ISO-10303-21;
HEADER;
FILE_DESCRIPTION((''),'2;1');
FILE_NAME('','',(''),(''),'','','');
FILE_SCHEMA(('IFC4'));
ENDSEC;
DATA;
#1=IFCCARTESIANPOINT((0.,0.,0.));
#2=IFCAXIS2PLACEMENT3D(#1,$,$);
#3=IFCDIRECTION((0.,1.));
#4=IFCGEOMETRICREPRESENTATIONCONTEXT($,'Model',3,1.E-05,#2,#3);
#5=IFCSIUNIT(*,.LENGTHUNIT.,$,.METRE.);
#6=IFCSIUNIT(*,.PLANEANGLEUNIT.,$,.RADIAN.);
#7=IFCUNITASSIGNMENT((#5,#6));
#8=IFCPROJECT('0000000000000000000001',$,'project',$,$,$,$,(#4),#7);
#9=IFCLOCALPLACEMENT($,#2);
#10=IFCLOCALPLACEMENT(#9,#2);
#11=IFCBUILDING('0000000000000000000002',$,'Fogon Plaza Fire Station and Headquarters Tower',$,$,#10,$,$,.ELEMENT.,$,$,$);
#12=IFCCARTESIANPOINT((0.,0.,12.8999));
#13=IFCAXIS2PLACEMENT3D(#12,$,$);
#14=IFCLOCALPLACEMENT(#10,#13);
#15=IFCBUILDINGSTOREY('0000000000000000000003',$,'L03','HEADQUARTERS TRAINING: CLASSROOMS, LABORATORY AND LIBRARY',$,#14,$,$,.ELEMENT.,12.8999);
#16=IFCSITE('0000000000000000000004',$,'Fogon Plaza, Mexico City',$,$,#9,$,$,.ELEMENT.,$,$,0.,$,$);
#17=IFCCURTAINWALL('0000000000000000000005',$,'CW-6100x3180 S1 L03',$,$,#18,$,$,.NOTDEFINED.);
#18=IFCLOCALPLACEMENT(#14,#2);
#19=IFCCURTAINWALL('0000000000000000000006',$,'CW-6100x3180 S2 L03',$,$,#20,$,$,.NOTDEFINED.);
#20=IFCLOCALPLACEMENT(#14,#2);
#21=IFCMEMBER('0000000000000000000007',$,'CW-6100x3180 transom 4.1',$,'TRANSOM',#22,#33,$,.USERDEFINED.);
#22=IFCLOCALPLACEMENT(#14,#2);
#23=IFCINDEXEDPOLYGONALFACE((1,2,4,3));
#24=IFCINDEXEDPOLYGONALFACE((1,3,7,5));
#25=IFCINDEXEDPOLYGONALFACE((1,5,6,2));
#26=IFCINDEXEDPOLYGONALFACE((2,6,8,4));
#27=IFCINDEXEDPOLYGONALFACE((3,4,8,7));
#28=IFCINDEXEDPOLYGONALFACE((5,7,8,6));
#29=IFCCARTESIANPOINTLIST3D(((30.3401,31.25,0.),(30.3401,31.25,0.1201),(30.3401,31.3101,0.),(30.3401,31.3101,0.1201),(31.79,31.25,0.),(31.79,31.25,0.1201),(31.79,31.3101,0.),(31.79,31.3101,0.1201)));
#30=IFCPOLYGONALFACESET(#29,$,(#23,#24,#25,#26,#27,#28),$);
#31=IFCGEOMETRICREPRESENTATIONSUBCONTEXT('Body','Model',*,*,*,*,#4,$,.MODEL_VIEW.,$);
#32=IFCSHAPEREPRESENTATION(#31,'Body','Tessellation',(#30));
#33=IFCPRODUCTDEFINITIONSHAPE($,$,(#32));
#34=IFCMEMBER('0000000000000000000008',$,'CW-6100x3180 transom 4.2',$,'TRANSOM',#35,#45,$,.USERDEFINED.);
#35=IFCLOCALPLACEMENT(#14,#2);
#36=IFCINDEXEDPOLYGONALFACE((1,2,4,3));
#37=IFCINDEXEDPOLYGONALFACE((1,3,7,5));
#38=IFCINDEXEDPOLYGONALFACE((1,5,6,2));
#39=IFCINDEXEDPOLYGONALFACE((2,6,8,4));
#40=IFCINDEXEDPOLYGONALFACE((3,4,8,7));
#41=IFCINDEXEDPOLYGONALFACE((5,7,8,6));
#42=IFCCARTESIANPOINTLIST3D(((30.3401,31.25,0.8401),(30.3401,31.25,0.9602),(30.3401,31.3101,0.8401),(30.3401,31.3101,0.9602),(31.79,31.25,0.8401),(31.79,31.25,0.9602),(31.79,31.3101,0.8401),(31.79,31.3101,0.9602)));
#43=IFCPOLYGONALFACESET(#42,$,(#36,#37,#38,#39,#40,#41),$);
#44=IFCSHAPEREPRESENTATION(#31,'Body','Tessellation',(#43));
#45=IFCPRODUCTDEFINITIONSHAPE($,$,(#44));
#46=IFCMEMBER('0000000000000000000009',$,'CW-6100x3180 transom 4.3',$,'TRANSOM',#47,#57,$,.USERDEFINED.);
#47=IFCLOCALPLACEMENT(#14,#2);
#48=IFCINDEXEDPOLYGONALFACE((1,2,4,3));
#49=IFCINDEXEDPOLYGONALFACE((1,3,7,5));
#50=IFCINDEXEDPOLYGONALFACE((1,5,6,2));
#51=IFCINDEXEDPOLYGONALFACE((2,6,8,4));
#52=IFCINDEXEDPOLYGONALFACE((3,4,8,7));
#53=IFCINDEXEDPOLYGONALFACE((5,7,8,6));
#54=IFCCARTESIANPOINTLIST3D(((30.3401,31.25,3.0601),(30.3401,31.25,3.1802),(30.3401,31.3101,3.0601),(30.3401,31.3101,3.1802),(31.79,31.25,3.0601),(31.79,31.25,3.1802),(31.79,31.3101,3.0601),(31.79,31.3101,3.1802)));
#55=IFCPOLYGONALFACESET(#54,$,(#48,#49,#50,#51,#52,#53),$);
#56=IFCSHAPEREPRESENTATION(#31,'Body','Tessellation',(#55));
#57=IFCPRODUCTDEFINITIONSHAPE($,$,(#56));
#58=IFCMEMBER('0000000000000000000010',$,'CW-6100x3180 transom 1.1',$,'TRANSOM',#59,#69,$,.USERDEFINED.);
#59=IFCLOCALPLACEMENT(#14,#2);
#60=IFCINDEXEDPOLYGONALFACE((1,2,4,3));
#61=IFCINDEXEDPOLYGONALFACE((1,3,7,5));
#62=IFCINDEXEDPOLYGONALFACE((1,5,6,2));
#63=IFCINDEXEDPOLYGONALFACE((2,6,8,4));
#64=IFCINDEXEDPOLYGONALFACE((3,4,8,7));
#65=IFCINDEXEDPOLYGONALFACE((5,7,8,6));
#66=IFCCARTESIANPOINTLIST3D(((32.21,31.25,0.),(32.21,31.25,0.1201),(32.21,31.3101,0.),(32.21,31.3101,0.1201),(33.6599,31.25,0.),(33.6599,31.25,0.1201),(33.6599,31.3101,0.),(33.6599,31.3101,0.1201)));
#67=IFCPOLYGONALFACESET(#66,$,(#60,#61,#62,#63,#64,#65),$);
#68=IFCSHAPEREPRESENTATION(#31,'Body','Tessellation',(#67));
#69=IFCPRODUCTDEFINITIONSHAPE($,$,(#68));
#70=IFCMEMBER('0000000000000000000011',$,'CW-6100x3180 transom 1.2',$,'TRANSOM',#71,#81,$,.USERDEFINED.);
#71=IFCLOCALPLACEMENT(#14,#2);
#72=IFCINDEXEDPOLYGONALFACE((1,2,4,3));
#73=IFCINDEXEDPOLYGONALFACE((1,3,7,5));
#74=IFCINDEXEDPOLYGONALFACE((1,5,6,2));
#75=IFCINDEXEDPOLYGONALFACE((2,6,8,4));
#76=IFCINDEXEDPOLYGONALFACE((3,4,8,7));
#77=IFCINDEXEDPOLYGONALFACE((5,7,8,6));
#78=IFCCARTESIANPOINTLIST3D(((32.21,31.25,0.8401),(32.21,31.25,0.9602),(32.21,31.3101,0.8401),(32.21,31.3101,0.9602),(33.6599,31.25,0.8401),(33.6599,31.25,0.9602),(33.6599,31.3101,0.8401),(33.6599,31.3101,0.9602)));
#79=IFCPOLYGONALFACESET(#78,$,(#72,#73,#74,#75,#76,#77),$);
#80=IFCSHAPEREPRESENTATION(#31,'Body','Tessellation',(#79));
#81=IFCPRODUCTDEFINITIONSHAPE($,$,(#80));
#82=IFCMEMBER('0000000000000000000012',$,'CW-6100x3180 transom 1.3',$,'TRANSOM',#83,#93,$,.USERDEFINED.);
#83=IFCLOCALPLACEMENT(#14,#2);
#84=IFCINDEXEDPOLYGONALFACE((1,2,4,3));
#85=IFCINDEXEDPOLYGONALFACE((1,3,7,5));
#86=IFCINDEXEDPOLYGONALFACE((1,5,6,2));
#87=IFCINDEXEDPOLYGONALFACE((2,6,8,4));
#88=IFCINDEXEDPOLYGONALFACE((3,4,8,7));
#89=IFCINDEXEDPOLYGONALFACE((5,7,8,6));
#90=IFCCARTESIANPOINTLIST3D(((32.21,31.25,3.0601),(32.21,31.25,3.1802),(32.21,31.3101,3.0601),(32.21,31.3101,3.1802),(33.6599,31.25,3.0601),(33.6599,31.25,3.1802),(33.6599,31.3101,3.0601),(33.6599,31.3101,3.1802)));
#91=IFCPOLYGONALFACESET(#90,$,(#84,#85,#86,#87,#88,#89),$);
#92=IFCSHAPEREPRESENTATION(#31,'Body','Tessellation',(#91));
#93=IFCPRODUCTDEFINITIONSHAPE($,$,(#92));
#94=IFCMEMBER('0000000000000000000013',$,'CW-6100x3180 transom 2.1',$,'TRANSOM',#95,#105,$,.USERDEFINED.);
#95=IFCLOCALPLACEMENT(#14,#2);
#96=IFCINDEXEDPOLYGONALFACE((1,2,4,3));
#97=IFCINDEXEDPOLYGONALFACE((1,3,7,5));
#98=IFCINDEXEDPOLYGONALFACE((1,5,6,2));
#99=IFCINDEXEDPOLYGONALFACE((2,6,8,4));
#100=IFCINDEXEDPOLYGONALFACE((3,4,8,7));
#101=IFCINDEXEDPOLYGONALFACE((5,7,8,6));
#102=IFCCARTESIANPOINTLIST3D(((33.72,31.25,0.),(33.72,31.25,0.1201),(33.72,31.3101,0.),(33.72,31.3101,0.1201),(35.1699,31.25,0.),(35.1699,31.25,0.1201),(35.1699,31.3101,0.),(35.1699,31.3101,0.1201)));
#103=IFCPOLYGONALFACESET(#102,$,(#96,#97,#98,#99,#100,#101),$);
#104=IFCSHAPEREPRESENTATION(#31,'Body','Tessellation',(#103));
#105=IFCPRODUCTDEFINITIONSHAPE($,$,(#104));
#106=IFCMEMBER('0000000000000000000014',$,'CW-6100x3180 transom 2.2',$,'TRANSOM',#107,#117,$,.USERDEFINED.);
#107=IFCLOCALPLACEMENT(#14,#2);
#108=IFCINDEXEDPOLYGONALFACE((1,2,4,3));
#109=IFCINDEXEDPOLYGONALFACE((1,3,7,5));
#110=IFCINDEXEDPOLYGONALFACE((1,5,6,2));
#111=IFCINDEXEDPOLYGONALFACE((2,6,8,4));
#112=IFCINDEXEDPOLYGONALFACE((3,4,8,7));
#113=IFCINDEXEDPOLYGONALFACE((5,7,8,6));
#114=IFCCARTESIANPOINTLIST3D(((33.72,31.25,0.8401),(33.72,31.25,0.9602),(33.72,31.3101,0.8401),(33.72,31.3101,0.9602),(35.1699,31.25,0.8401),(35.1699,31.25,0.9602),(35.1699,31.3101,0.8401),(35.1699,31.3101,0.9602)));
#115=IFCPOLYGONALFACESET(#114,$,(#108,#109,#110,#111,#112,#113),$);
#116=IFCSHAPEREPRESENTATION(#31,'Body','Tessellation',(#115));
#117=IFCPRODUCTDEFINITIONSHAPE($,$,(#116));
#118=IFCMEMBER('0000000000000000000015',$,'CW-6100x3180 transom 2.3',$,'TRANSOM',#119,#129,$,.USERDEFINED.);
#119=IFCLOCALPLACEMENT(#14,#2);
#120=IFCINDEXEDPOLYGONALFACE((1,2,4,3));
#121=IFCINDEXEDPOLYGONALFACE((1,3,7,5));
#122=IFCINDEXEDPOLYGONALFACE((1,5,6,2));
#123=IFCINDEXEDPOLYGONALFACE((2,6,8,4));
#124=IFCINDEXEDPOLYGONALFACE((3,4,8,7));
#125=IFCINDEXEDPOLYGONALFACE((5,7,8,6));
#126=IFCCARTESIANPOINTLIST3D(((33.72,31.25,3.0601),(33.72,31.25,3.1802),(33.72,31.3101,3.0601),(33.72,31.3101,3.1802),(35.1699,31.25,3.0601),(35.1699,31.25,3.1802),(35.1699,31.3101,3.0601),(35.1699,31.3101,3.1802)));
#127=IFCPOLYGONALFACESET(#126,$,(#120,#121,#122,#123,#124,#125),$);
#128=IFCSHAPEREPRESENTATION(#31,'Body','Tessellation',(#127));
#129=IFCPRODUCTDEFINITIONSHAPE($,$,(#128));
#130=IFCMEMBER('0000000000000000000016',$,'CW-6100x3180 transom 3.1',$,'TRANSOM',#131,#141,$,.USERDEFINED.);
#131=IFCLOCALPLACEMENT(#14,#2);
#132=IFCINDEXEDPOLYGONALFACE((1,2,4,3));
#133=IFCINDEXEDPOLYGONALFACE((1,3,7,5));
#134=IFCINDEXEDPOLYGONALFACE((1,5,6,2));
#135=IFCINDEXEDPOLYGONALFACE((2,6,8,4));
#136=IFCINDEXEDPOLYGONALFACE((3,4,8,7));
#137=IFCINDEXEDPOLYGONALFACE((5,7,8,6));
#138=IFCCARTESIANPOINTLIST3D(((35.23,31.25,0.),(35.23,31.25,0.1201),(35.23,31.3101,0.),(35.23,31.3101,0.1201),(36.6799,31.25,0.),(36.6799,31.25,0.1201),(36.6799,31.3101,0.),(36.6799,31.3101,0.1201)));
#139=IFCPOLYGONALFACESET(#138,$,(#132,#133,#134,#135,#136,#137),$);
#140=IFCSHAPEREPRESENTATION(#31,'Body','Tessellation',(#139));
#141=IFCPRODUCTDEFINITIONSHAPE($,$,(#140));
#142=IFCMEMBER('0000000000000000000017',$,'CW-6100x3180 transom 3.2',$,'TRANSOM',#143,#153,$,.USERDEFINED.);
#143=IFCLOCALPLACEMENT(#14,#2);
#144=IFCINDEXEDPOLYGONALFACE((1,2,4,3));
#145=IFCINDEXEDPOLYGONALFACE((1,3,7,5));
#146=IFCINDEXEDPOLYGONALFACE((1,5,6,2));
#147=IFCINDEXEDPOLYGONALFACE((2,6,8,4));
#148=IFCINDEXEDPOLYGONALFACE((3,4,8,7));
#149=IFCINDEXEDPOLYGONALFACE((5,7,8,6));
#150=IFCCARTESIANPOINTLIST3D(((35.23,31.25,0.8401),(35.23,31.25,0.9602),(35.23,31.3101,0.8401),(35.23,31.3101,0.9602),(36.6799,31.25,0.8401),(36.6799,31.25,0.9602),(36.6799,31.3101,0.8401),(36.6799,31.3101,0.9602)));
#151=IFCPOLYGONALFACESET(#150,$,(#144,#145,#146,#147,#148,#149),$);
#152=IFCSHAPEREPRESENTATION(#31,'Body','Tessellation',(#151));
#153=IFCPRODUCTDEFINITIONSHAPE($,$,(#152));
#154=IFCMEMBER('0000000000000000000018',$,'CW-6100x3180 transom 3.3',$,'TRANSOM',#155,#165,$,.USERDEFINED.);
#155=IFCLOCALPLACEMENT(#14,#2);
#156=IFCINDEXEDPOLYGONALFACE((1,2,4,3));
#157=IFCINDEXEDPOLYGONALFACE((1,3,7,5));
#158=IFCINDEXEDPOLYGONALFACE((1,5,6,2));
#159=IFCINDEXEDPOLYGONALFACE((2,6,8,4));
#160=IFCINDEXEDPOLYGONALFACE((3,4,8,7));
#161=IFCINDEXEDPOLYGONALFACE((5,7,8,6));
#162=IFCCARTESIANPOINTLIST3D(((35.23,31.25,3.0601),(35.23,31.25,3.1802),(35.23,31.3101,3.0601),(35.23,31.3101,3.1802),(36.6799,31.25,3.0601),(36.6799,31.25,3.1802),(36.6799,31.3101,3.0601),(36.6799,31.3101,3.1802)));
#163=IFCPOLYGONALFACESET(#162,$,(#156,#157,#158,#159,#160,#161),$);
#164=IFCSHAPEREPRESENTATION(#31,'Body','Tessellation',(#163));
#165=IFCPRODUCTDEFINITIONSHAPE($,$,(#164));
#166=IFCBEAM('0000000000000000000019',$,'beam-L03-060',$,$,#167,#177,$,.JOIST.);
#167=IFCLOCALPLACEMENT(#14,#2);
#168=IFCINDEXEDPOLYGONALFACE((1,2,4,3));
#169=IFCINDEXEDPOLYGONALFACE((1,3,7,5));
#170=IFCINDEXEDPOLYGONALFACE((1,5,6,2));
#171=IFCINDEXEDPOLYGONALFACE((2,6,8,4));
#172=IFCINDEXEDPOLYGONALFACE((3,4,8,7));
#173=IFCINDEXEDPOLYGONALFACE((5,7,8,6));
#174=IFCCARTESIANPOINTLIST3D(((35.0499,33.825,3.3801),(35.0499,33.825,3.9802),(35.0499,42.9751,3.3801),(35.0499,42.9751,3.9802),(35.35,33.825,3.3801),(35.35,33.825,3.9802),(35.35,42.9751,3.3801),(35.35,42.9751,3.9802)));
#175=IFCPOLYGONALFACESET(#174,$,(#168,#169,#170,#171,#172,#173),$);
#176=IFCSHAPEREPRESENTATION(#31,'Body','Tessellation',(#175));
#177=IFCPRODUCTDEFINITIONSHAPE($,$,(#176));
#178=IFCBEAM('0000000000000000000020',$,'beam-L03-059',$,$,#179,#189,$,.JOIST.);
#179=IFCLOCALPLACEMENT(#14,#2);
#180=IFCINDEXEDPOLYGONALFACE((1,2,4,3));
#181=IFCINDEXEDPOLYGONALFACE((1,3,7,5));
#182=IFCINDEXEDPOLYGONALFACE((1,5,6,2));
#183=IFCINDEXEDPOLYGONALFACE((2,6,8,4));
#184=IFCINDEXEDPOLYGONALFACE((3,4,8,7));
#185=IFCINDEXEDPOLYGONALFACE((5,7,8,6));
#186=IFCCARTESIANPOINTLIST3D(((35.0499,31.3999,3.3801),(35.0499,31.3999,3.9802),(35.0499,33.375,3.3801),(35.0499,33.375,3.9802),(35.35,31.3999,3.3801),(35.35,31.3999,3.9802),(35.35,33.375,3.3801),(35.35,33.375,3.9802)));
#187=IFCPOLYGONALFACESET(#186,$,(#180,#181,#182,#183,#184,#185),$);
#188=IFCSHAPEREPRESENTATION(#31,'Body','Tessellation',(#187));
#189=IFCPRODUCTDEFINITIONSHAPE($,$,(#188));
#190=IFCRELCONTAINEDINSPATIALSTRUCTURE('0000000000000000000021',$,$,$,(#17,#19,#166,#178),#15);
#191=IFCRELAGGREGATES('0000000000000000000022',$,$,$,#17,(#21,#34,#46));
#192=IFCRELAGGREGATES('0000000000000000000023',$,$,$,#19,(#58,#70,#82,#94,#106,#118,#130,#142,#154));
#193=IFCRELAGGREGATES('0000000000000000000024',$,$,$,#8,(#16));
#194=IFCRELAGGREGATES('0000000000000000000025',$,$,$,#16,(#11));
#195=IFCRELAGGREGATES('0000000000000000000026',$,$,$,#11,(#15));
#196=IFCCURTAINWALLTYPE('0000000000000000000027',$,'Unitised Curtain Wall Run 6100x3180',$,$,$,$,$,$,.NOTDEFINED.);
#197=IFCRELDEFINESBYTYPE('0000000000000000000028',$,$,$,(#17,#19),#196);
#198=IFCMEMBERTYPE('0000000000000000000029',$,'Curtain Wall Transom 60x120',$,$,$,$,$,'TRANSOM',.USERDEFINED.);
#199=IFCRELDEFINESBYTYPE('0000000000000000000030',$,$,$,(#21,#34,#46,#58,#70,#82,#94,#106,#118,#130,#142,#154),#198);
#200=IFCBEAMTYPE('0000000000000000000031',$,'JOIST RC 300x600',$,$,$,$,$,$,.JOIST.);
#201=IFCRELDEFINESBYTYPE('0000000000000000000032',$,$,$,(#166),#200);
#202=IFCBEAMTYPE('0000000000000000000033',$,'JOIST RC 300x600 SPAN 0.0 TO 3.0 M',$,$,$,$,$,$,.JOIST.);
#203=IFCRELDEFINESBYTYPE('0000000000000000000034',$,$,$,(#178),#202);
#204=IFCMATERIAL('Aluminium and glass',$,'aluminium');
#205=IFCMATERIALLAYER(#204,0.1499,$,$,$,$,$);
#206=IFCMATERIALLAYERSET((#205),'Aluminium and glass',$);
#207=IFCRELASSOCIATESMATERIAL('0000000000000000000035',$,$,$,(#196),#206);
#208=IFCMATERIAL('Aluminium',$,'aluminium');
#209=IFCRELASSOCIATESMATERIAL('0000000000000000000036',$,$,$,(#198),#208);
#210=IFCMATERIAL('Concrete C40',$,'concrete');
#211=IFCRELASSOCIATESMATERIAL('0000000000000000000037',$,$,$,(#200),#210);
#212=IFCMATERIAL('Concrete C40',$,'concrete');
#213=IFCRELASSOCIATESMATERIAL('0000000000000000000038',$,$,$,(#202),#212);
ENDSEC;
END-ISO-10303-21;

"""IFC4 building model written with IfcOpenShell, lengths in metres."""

from ifc_helpers import new_model, si_unit, direction, frame, origin, origin_2d, place, context, subcontext, project, spatial, rectangle, extrude, material, layer, layer_set, material_profile, profile_set, type_object, element, aggregate, save


model = new_model("IFC4")

# Units and contexts
model_context = context("Model", 3, precision=1e-05, world=origin(), true_north=direction((0.0, 1.0)))
body_context = subcontext(model_context, "Body", "Model", "MODEL_VIEW")
ifc_project = project(units=[si_unit("LENGTHUNIT", "METRE"), si_unit("PLANEANGLEUNIT", "RADIAN")], contexts=[model_context])

# Site, building, storey
site_placement = place(None, origin())
site = spatial("IfcSite", under=ifc_project, at=site_placement, Name="Fogon Plaza, Mexico City", CompositionType="ELEMENT", RefElevation=0.0)
building_placement = place(site_placement, origin())
building = spatial("IfcBuilding", under=site, at=building_placement, Name="Fogon Plaza Fire Station and Headquarters Tower", CompositionType="ELEMENT")
storey_placement = place(building_placement, frame((0.0, 0.0, 12.8999)))
storey = spatial("IfcBuildingStorey", under=building, at=storey_placement, Name="L03", Description="HEADQUARTERS TRAINING: CLASSROOMS, LABORATORY AND LIBRARY", CompositionType="ELEMENT", Elevation=12.8999)

# Curtain walls
ifc_material_1 = material(Name="Aluminium and glass", Category="aluminium")
ifc_layer_1 = layer(ifc_material_1, 0.1499)
ifc_layer_set_1 = layer_set([ifc_layer_1], Name="Aluminium and glass")
curtain_wall_type = type_object("IfcCurtainWallType", Name="Unitised Curtain Wall Run 6100x3180", PredefinedType="NOTDEFINED", material=ifc_layer_set_1)
curtain_wall_1_placement = place(storey_placement, origin())
curtain_wall_1 = element("IfcCurtainWall", 1, at=curtain_wall_1_placement, inside=storey, type_object=curtain_wall_type, Name="CW-6100x3180 S1 L03", PredefinedType="NOTDEFINED")
curtain_wall_2_placement = place(storey_placement, origin())
curtain_wall_2 = element("IfcCurtainWall", 2, at=curtain_wall_2_placement, inside=storey, type_object=curtain_wall_type, Name="CW-6100x3180 S2 L03", PredefinedType="NOTDEFINED")

# Members
ifc_material_2 = material(Name="Aluminium", Category="aluminium")
ifc_material_profile_1 = material_profile(ifc_material_2, rectangle(XDim=0.0601, YDim=0.1201, at=origin_2d()), Name="Curtain Wall Transom 60x120")
ifc_profile_set_1 = profile_set([ifc_material_profile_1], Name="Aluminium")
member_type_1 = type_object("IfcMemberType", Name="Curtain Wall Transom 60x120", ElementType="TRANSOM", PredefinedType="USERDEFINED", material=ifc_profile_set_1)
member_1_placement = place(storey_placement, frame((30.3401, 31.28, 0.0601), z_axis=(1.0, 0.0, 0.0), x_axis=(0.0, 1.0, 0.0)))
member_1 = element("IfcMember", 3, at=member_1_placement, type_object=member_type_1, Name="CW-6100x3180 transom 4.1", ObjectType="TRANSOM", PredefinedType="USERDEFINED", context=body_context, shape_type="SweptSolid", body=[
    extrude(rectangle(XDim=0.0601, YDim=0.1201, at=origin_2d()), origin(), (0.0, 0.0, 1.0), 1.45),
])
member_2_placement = place(storey_placement, frame((30.3401, 31.28, 0.9001), z_axis=(1.0, 0.0, 0.0), x_axis=(0.0, 1.0, 0.0)))
member_2 = element("IfcMember", 4, at=member_2_placement, type_object=member_type_1, Name="CW-6100x3180 transom 4.2", ObjectType="TRANSOM", PredefinedType="USERDEFINED", context=body_context, shape_type="SweptSolid", body=[
    extrude(rectangle(XDim=0.0601, YDim=0.1201, at=origin_2d()), origin(), (0.0, 0.0, 1.0), 1.45),
])
member_3_placement = place(storey_placement, frame((30.3401, 31.28, 3.1201), z_axis=(1.0, 0.0, 0.0), x_axis=(0.0, 1.0, 0.0)))
member_3 = element("IfcMember", 5, at=member_3_placement, type_object=member_type_1, Name="CW-6100x3180 transom 4.3", ObjectType="TRANSOM", PredefinedType="USERDEFINED", context=body_context, shape_type="SweptSolid", body=[
    extrude(rectangle(XDim=0.0601, YDim=0.1201, at=origin_2d()), origin(), (0.0, 0.0, 1.0), 1.45),
])
member_4_placement = place(storey_placement, frame((32.21, 31.28, 0.0601), z_axis=(1.0, 0.0, 0.0), x_axis=(0.0, 1.0, 0.0)))
member_4 = element("IfcMember", 6, at=member_4_placement, type_object=member_type_1, Name="CW-6100x3180 transom 1.1", ObjectType="TRANSOM", PredefinedType="USERDEFINED", context=body_context, shape_type="SweptSolid", body=[
    extrude(rectangle(XDim=0.0601, YDim=0.1201, at=origin_2d()), origin(), (0.0, 0.0, 1.0), 1.45),
])
member_5_placement = place(storey_placement, frame((32.21, 31.28, 0.9001), z_axis=(1.0, 0.0, 0.0), x_axis=(0.0, 1.0, 0.0)))
member_5 = element("IfcMember", 7, at=member_5_placement, type_object=member_type_1, Name="CW-6100x3180 transom 1.2", ObjectType="TRANSOM", PredefinedType="USERDEFINED", context=body_context, shape_type="SweptSolid", body=[
    extrude(rectangle(XDim=0.0601, YDim=0.1201, at=origin_2d()), origin(), (0.0, 0.0, 1.0), 1.45),
])
member_6_placement = place(storey_placement, frame((32.21, 31.28, 3.1201), z_axis=(1.0, 0.0, 0.0), x_axis=(0.0, 1.0, 0.0)))
member_6 = element("IfcMember", 8, at=member_6_placement, type_object=member_type_1, Name="CW-6100x3180 transom 1.3", ObjectType="TRANSOM", PredefinedType="USERDEFINED", context=body_context, shape_type="SweptSolid", body=[
    extrude(rectangle(XDim=0.0601, YDim=0.1201, at=origin_2d()), origin(), (0.0, 0.0, 1.0), 1.45),
])
member_7_placement = place(storey_placement, frame((33.72, 31.28, 0.0601), z_axis=(1.0, 0.0, 0.0), x_axis=(0.0, 1.0, 0.0)))
member_7 = element("IfcMember", 9, at=member_7_placement, type_object=member_type_1, Name="CW-6100x3180 transom 2.1", ObjectType="TRANSOM", PredefinedType="USERDEFINED", context=body_context, shape_type="SweptSolid", body=[
    extrude(rectangle(XDim=0.0601, YDim=0.1201, at=origin_2d()), origin(), (0.0, 0.0, 1.0), 1.45),
])
member_8_placement = place(storey_placement, frame((33.72, 31.28, 0.9001), z_axis=(1.0, 0.0, 0.0), x_axis=(0.0, 1.0, 0.0)))
member_8 = element("IfcMember", 10, at=member_8_placement, type_object=member_type_1, Name="CW-6100x3180 transom 2.2", ObjectType="TRANSOM", PredefinedType="USERDEFINED", context=body_context, shape_type="SweptSolid", body=[
    extrude(rectangle(XDim=0.0601, YDim=0.1201, at=origin_2d()), origin(), (0.0, 0.0, 1.0), 1.45),
])
member_9_placement = place(storey_placement, frame((33.72, 31.28, 3.1201), z_axis=(1.0, 0.0, 0.0), x_axis=(0.0, 1.0, 0.0)))
member_9 = element("IfcMember", 11, at=member_9_placement, type_object=member_type_1, Name="CW-6100x3180 transom 2.3", ObjectType="TRANSOM", PredefinedType="USERDEFINED", context=body_context, shape_type="SweptSolid", body=[
    extrude(rectangle(XDim=0.0601, YDim=0.1201, at=origin_2d()), origin(), (0.0, 0.0, 1.0), 1.45),
])
member_10_placement = place(storey_placement, frame((35.23, 31.28, 0.0601), z_axis=(1.0, 0.0, 0.0), x_axis=(0.0, 1.0, 0.0)))
member_10 = element("IfcMember", 12, at=member_10_placement, type_object=member_type_1, Name="CW-6100x3180 transom 3.1", ObjectType="TRANSOM", PredefinedType="USERDEFINED", context=body_context, shape_type="SweptSolid", body=[
    extrude(rectangle(XDim=0.0601, YDim=0.1201, at=origin_2d()), origin(), (0.0, 0.0, 1.0), 1.45),
])
member_11_placement = place(storey_placement, frame((35.23, 31.28, 0.9001), z_axis=(1.0, 0.0, 0.0), x_axis=(0.0, 1.0, 0.0)))
member_11 = element("IfcMember", 13, at=member_11_placement, type_object=member_type_1, Name="CW-6100x3180 transom 3.2", ObjectType="TRANSOM", PredefinedType="USERDEFINED", context=body_context, shape_type="SweptSolid", body=[
    extrude(rectangle(XDim=0.0601, YDim=0.1201, at=origin_2d()), origin(), (0.0, 0.0, 1.0), 1.45),
])
member_12_placement = place(storey_placement, frame((35.23, 31.28, 3.1201), z_axis=(1.0, 0.0, 0.0), x_axis=(0.0, 1.0, 0.0)))
member_12 = element("IfcMember", 14, at=member_12_placement, type_object=member_type_1, Name="CW-6100x3180 transom 3.3", ObjectType="TRANSOM", PredefinedType="USERDEFINED", context=body_context, shape_type="SweptSolid", body=[
    extrude(rectangle(XDim=0.0601, YDim=0.1201, at=origin_2d()), origin(), (0.0, 0.0, 1.0), 1.45),
])

# Beams
ifc_material_3 = material(Name="Concrete C40", Category="concrete")
ifc_material_profile_2 = material_profile(ifc_material_3, rectangle(XDim=0.3, YDim=0.6001, at=origin_2d()), Name="RC 300x600")
ifc_profile_set_2 = profile_set([ifc_material_profile_2], Name="Concrete C40")
beam_type_1 = type_object("IfcBeamType", Name="JOIST RC 300x600", PredefinedType="JOIST", material=ifc_profile_set_2)
beam_1_placement = place(storey_placement, frame((35.2, 33.825, 3.6802), z_axis=(0.0, 1.0, 0.0), x_axis=(-1.0, 0.0, 0.0)))
element("IfcBeam", 15, at=beam_1_placement, inside=storey, type_object=beam_type_1, Name="beam-L03-060", PredefinedType="JOIST", context=body_context, shape_type="SweptSolid", body=[
    extrude(rectangle(XDim=0.3, YDim=0.6001, at=origin_2d()), origin(), (0.0, 0.0, 1.0), 9.1501),
])
ifc_material_4 = material(Name="Concrete C40", Category="concrete")
ifc_material_profile_3 = material_profile(ifc_material_4, rectangle(XDim=0.3, YDim=0.6001, at=origin_2d()), Name="RC 300x600")
ifc_profile_set_3 = profile_set([ifc_material_profile_3], Name="Concrete C40")
beam_type_2 = type_object("IfcBeamType", Name="JOIST RC 300x600 SPAN 0.0 TO 3.0 M", PredefinedType="JOIST", material=ifc_profile_set_3)
beam_2_placement = place(storey_placement, frame((35.2, 31.3999, 3.6802), z_axis=(0.0, 1.0, 0.0), x_axis=(-1.0, 0.0, 0.0)))
element("IfcBeam", 16, at=beam_2_placement, inside=storey, type_object=beam_type_2, Name="beam-L03-059", PredefinedType="JOIST", context=body_context, shape_type="SweptSolid", body=[
    extrude(rectangle(XDim=0.3, YDim=0.6001, at=origin_2d()), origin(), (0.0, 0.0, 1.0), 1.9751),
])

aggregate(curtain_wall_1, [member_1, member_2, member_3])
aggregate(curtain_wall_2, [member_4, member_5, member_6, member_7, member_8, member_9, member_10, member_11, member_12])

save(model, "model.ifc")
